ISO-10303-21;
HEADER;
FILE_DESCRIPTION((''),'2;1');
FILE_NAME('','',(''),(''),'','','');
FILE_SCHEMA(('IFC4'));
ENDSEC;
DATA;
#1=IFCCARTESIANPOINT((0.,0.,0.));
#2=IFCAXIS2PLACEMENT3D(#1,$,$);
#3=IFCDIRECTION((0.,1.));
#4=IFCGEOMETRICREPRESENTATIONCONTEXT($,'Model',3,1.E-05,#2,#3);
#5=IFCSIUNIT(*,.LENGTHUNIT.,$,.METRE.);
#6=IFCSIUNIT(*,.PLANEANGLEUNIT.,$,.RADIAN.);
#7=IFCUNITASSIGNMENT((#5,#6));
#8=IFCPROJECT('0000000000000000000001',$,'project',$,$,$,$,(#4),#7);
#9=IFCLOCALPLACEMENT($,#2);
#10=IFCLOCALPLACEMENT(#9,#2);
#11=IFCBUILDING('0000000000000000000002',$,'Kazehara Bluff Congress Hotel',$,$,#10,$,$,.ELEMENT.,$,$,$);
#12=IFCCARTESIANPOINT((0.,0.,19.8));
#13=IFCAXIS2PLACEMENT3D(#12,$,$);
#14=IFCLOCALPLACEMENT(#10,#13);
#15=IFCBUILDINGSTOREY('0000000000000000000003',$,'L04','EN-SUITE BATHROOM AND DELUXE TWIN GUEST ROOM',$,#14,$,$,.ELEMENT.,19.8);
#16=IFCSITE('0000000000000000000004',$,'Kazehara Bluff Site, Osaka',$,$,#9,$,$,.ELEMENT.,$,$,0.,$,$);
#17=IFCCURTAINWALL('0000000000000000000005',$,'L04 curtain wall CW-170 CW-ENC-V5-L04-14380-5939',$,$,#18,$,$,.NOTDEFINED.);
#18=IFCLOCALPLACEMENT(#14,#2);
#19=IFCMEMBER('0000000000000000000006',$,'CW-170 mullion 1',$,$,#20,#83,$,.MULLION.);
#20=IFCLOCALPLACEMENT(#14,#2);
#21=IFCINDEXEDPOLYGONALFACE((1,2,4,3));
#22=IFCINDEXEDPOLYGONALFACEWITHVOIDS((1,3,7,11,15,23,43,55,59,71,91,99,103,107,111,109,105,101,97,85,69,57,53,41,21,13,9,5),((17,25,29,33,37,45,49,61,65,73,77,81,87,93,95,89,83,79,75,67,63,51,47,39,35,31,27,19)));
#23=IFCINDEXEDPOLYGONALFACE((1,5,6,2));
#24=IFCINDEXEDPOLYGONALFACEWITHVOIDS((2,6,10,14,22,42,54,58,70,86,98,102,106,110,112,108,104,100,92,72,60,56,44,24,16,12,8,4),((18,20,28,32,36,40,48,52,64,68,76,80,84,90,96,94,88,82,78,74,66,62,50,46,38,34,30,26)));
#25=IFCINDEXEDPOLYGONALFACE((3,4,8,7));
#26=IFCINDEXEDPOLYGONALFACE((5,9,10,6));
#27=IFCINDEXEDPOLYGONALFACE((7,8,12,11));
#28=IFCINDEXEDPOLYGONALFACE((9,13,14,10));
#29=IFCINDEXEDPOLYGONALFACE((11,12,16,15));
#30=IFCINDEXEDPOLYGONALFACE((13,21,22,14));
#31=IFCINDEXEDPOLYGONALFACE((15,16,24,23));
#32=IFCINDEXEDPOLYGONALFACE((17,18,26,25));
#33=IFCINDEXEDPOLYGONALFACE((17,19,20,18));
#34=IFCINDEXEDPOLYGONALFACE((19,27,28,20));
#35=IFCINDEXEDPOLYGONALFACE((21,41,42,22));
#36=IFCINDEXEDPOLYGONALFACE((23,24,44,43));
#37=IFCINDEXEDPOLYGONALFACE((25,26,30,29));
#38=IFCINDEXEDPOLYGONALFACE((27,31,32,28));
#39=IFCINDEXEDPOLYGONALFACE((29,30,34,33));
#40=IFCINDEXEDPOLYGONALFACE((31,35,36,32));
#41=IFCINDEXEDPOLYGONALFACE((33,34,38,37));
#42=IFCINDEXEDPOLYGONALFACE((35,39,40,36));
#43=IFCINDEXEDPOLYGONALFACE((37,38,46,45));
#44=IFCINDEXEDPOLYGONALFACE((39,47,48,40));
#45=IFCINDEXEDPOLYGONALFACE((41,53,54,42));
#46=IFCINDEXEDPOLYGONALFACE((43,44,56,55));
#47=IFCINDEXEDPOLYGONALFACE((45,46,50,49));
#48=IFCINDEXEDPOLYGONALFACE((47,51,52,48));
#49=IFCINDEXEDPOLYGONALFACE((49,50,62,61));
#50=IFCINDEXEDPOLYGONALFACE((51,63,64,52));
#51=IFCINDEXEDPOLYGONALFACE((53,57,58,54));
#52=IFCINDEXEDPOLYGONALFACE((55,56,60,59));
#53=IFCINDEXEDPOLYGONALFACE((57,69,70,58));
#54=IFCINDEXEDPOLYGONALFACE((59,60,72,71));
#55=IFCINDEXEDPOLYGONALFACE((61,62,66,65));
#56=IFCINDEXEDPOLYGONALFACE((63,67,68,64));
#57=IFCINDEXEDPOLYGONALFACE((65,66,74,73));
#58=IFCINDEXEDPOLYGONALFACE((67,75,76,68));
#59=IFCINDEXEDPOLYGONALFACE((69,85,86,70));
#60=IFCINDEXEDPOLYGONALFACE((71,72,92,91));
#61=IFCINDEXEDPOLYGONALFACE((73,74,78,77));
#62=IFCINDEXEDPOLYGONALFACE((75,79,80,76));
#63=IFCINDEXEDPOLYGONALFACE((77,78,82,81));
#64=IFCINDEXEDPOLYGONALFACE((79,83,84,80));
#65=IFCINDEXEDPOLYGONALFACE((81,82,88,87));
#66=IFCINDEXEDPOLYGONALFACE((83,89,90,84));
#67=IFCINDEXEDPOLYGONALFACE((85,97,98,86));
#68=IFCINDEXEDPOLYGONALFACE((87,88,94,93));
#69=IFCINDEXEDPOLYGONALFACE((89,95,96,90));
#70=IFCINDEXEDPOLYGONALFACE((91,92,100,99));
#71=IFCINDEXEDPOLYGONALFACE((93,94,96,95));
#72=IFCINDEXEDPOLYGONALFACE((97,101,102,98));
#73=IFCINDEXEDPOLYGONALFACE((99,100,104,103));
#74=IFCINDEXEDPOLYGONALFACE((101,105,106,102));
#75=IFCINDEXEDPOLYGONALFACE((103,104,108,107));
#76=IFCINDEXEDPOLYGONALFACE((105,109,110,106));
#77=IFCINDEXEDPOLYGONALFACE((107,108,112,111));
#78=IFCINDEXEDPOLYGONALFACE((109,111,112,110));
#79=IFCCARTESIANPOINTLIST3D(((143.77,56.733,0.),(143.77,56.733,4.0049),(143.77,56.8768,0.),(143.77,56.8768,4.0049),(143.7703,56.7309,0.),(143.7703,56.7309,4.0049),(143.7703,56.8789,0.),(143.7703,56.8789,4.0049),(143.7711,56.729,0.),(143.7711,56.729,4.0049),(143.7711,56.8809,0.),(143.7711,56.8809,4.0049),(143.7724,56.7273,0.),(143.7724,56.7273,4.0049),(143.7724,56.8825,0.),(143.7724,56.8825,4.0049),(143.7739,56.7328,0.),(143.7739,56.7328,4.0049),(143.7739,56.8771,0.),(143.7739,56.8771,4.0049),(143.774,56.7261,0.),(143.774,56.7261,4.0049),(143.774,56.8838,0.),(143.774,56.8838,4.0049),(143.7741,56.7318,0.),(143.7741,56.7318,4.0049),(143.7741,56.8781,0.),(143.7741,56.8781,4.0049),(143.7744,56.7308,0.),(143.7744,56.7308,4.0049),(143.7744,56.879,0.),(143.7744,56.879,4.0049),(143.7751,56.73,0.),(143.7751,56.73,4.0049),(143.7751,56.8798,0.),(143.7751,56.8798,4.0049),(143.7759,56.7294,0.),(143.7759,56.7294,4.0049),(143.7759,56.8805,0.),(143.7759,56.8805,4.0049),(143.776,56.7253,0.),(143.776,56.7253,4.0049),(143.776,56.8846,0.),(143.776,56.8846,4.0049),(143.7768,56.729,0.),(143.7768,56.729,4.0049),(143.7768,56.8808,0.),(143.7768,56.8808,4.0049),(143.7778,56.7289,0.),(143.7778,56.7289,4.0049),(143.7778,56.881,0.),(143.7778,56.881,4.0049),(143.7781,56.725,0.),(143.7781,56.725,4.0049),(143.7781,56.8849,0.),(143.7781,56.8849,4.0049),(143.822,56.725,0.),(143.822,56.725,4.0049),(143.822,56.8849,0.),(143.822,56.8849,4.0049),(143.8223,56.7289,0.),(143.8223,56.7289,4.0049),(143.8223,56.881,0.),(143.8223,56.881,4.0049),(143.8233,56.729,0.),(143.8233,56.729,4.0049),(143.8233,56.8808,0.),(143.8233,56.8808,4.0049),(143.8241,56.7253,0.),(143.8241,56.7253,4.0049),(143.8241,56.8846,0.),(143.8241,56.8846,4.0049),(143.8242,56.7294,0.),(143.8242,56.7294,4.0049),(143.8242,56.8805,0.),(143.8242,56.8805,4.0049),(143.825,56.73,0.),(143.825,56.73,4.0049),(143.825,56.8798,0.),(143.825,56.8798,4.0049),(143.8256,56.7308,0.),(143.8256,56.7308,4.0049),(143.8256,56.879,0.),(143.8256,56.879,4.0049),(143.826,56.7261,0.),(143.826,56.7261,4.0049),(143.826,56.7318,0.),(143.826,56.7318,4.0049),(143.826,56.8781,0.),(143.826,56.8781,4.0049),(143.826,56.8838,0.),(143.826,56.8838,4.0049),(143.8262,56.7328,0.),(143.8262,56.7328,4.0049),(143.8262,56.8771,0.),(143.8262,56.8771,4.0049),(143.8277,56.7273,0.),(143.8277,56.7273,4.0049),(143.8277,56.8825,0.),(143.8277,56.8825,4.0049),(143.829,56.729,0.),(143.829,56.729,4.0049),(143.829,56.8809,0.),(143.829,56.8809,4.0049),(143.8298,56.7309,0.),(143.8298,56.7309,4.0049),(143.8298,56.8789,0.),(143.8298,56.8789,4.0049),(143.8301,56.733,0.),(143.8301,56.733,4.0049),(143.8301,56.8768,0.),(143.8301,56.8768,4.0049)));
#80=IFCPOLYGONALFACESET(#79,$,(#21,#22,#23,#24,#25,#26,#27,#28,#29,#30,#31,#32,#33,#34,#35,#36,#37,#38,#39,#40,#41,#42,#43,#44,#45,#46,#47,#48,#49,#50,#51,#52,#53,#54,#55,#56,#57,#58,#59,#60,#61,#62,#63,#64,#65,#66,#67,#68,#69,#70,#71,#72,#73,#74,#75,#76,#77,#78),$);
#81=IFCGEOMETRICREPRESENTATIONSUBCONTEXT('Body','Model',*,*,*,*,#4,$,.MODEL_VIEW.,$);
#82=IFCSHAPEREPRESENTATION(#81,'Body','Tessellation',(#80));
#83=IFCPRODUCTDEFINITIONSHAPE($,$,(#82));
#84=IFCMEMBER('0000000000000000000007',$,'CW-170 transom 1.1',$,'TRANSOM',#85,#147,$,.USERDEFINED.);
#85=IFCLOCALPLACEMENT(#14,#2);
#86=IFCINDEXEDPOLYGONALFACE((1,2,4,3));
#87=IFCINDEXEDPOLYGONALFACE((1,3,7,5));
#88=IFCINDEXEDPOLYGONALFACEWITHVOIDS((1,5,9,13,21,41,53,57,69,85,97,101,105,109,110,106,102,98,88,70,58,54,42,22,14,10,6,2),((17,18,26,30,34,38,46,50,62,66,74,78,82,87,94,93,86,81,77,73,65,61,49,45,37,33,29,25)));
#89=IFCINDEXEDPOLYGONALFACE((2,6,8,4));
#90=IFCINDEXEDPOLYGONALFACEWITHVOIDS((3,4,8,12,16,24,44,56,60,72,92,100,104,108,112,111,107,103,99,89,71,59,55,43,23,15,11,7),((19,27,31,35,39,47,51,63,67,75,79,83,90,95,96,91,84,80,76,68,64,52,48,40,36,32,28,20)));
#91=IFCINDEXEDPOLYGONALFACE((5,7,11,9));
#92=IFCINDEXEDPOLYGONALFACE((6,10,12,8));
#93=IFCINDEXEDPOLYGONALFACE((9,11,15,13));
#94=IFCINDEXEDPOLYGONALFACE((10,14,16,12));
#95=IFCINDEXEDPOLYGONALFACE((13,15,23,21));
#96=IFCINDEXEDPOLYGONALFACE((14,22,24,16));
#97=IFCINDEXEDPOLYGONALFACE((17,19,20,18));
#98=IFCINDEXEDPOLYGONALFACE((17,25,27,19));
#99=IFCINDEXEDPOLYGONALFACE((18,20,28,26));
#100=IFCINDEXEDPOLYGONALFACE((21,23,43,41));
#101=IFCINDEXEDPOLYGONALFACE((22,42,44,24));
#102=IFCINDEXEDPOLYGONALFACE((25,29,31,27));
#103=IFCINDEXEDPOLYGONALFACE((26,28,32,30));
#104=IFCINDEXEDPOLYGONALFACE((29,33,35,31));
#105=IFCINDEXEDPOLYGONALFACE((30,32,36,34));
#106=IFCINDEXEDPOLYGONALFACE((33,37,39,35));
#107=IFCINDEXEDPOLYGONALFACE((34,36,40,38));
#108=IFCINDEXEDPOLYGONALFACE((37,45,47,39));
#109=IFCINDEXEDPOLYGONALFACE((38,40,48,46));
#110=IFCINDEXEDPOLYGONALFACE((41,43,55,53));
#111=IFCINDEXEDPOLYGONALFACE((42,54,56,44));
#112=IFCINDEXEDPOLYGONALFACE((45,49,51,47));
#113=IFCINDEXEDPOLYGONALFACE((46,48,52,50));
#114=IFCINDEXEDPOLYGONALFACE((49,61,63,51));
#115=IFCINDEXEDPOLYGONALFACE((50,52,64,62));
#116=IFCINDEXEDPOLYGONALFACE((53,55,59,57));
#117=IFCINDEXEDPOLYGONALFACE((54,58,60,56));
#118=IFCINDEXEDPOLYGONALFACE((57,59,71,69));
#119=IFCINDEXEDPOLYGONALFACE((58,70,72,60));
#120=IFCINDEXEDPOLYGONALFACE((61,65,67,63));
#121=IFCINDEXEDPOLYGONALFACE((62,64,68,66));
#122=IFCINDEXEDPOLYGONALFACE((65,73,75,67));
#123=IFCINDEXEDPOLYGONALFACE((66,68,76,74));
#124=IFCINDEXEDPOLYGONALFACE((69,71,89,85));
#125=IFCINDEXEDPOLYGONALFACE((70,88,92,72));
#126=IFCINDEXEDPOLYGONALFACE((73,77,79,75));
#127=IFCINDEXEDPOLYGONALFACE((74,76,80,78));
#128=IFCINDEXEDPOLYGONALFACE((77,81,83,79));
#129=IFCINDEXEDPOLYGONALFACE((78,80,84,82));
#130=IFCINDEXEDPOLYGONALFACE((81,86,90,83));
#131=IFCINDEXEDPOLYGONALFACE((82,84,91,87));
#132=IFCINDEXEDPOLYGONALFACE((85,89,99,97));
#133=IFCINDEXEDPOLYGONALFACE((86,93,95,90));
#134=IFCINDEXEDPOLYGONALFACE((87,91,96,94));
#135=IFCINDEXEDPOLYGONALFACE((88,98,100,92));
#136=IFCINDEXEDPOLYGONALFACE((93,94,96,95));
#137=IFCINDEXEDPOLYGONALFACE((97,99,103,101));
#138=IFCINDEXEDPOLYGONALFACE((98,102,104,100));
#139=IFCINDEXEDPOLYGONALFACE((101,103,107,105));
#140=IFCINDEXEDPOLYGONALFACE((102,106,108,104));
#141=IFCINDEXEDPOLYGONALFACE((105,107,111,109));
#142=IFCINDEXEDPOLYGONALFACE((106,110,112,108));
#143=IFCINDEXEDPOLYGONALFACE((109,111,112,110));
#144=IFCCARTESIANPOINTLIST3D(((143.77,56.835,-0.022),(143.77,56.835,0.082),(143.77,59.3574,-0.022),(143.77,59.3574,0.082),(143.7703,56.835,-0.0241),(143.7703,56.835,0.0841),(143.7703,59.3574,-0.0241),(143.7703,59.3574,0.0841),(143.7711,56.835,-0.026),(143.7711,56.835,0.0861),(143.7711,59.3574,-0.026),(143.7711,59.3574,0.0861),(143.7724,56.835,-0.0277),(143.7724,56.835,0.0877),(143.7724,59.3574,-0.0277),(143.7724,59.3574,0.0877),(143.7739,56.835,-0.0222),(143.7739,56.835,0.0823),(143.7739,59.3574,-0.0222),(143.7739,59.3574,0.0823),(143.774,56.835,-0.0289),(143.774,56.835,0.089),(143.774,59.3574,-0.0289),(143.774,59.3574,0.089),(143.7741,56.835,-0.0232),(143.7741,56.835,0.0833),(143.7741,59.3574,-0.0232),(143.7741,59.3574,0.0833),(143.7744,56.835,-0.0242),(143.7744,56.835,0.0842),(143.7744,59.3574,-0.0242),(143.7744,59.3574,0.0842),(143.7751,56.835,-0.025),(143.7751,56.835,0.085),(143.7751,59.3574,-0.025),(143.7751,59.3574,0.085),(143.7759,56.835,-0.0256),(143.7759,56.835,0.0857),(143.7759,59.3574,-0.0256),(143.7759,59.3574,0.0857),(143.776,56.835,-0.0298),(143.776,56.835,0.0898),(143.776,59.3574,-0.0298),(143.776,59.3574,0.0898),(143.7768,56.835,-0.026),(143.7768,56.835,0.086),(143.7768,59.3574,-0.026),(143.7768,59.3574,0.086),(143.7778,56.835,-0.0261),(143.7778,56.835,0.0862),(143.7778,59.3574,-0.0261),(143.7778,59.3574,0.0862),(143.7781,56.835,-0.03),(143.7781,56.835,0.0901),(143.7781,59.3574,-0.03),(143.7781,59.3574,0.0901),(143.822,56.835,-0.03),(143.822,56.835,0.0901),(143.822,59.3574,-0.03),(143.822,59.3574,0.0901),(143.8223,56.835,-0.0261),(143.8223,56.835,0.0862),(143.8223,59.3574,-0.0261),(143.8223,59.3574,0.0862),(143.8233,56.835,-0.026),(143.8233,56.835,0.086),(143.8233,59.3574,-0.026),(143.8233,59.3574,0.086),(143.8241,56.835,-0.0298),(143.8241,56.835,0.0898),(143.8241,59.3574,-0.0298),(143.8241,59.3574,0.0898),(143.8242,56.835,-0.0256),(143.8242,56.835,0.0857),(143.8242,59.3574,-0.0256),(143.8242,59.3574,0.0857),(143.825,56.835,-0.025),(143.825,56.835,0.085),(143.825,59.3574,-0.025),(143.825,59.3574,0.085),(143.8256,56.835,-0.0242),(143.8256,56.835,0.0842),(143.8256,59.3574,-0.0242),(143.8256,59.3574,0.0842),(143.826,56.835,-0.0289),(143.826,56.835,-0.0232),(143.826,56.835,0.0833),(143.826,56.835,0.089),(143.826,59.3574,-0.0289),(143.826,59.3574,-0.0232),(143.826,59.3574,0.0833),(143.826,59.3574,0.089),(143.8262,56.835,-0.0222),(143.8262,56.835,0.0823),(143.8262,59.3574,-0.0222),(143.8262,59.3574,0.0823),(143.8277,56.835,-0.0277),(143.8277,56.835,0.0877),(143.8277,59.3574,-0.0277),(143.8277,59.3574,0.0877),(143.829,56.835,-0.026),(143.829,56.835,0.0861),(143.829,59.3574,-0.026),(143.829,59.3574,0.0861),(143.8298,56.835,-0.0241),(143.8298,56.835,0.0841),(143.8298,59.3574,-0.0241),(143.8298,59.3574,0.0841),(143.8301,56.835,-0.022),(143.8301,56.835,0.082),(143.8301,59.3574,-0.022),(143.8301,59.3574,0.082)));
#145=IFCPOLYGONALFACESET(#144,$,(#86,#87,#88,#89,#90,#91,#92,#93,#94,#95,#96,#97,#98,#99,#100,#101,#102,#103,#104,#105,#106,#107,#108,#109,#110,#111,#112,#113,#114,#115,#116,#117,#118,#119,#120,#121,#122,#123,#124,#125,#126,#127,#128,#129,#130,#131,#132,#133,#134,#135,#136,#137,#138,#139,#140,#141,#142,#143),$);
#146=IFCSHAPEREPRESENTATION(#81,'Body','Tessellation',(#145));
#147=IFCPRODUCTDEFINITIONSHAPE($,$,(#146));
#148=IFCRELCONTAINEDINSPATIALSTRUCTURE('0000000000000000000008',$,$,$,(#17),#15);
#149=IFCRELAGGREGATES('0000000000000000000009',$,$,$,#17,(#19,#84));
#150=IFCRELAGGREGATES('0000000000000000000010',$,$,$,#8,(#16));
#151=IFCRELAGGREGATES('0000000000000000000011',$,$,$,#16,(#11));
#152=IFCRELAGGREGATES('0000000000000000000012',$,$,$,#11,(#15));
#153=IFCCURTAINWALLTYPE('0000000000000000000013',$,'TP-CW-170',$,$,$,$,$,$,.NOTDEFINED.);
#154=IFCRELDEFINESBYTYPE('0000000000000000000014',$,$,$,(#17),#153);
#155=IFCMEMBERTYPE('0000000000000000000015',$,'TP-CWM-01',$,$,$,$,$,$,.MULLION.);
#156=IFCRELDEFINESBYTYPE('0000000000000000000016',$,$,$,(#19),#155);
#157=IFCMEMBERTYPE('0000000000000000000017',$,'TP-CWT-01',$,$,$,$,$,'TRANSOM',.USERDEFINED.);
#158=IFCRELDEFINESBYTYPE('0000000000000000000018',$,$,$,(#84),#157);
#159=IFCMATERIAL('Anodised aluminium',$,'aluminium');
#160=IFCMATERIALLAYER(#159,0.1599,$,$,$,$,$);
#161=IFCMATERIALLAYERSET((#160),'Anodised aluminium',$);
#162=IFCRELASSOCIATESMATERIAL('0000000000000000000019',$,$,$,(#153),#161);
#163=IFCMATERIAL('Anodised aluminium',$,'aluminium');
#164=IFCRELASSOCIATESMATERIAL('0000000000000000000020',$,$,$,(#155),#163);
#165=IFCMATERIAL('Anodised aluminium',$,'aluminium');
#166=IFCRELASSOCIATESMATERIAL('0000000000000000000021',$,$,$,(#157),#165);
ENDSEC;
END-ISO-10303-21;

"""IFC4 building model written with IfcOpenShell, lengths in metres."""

from ifc_helpers import new_model, si_unit, direction, frame, origin, origin_2d, place, context, subcontext, project, spatial, hollow_rectangle, extrude, material, layer, layer_set, material_profile, profile_set, type_object, element, aggregate, save


model = new_model("IFC4")

# Units and contexts
model_context = context("Model", 3, precision=1e-05, world=origin(), true_north=direction((0.0, 1.0)))
body_context = subcontext(model_context, "Body", "Model", "MODEL_VIEW")
ifc_project = project(units=[si_unit("LENGTHUNIT", "METRE"), si_unit("PLANEANGLEUNIT", "RADIAN")], contexts=[model_context])

# Site, building, storey
site_placement = place(None, origin())
site = spatial("IfcSite", under=ifc_project, at=site_placement, Name="Kazehara Bluff Site, Osaka", CompositionType="ELEMENT", RefElevation=0.0)
building_placement = place(site_placement, origin())
building = spatial("IfcBuilding", under=site, at=building_placement, Name="Kazehara Bluff Congress Hotel", CompositionType="ELEMENT")
storey_placement = place(building_placement, frame((0.0, 0.0, 19.8)))
storey = spatial("IfcBuildingStorey", under=building, at=storey_placement, Name="L04", Description="EN-SUITE BATHROOM AND DELUXE TWIN GUEST ROOM", CompositionType="ELEMENT", Elevation=19.8)

# Curtain wall, members
ifc_material_1 = material(Name="Anodised aluminium", Category="aluminium")
ifc_layer_1 = layer(ifc_material_1, 0.1599)
ifc_layer_set_1 = layer_set([ifc_layer_1], Name="Anodised aluminium")
curtain_wall_type = type_object("IfcCurtainWallType", Name="TP-CW-170", PredefinedType="NOTDEFINED", material=ifc_layer_set_1)
curtain_wall_placement = place(storey_placement, origin())
curtain_wall = element("IfcCurtainWall", 1, at=curtain_wall_placement, inside=storey, type_object=curtain_wall_type, Name="L04 curtain wall CW-170 CW-ENC-V5-L04-14380-5939", PredefinedType="NOTDEFINED")
ifc_material_2 = material(Name="Anodised aluminium", Category="aluminium")
ifc_material_profile_1 = material_profile(ifc_material_2, hollow_rectangle(XDim=0.0601, YDim=0.1599, WallThickness=0.0039, InnerFilletRadius=0.0039, OuterFilletRadius=0.0081, at=origin_2d()))
ifc_profile_set_1 = profile_set([ifc_material_profile_1], Name="Anodised aluminium")
member_type_1 = type_object("IfcMemberType", Name="TP-CWM-01", PredefinedType="MULLION", material=ifc_profile_set_1)
member_1_placement = place(storey_placement, frame((143.8, 56.8049, 0.0), z_axis=(0.0, 0.0, 1.0), x_axis=(-1.0, 0.0, 0.0)))
member_1 = element("IfcMember", 2, at=member_1_placement, type_object=member_type_1, Name="CW-170 mullion 1", PredefinedType="MULLION", context=body_context, shape_type="SweptSolid", body=[
    extrude(hollow_rectangle(XDim=0.0601, YDim=0.1599, WallThickness=0.0039, InnerFilletRadius=0.0039, OuterFilletRadius=0.0081, at=origin_2d()), origin(), (0.0, 0.0, 1.0), 4.0049),
])
ifc_material_3 = material(Name="Anodised aluminium", Category="aluminium")
ifc_material_profile_2 = material_profile(ifc_material_3, hollow_rectangle(XDim=0.0601, YDim=0.1201, WallThickness=0.0039, InnerFilletRadius=0.0039, OuterFilletRadius=0.0081, at=origin_2d()))
ifc_profile_set_2 = profile_set([ifc_material_profile_2], Name="Anodised aluminium")
member_type_2 = type_object("IfcMemberType", Name="TP-CWT-01", ElementType="TRANSOM", PredefinedType="USERDEFINED", material=ifc_profile_set_2)
member_2_placement = place(storey_placement, frame((143.8, 56.835, 0.03), z_axis=(0.0, 1.0, 0.0), x_axis=(-1.0, 0.0, 0.0)))
member_2 = element("IfcMember", 3, at=member_2_placement, type_object=member_type_2, Name="CW-170 transom 1.1", ObjectType="TRANSOM", PredefinedType="USERDEFINED", context=body_context, shape_type="SweptSolid", body=[
    extrude(hollow_rectangle(XDim=0.0601, YDim=0.1201, WallThickness=0.0039, InnerFilletRadius=0.0039, OuterFilletRadius=0.0081, at=origin_2d()), origin(), (0.0, 0.0, 1.0), 2.5225),
])

aggregate(curtain_wall, [member_1, member_2])

save(model, "model.ifc")
